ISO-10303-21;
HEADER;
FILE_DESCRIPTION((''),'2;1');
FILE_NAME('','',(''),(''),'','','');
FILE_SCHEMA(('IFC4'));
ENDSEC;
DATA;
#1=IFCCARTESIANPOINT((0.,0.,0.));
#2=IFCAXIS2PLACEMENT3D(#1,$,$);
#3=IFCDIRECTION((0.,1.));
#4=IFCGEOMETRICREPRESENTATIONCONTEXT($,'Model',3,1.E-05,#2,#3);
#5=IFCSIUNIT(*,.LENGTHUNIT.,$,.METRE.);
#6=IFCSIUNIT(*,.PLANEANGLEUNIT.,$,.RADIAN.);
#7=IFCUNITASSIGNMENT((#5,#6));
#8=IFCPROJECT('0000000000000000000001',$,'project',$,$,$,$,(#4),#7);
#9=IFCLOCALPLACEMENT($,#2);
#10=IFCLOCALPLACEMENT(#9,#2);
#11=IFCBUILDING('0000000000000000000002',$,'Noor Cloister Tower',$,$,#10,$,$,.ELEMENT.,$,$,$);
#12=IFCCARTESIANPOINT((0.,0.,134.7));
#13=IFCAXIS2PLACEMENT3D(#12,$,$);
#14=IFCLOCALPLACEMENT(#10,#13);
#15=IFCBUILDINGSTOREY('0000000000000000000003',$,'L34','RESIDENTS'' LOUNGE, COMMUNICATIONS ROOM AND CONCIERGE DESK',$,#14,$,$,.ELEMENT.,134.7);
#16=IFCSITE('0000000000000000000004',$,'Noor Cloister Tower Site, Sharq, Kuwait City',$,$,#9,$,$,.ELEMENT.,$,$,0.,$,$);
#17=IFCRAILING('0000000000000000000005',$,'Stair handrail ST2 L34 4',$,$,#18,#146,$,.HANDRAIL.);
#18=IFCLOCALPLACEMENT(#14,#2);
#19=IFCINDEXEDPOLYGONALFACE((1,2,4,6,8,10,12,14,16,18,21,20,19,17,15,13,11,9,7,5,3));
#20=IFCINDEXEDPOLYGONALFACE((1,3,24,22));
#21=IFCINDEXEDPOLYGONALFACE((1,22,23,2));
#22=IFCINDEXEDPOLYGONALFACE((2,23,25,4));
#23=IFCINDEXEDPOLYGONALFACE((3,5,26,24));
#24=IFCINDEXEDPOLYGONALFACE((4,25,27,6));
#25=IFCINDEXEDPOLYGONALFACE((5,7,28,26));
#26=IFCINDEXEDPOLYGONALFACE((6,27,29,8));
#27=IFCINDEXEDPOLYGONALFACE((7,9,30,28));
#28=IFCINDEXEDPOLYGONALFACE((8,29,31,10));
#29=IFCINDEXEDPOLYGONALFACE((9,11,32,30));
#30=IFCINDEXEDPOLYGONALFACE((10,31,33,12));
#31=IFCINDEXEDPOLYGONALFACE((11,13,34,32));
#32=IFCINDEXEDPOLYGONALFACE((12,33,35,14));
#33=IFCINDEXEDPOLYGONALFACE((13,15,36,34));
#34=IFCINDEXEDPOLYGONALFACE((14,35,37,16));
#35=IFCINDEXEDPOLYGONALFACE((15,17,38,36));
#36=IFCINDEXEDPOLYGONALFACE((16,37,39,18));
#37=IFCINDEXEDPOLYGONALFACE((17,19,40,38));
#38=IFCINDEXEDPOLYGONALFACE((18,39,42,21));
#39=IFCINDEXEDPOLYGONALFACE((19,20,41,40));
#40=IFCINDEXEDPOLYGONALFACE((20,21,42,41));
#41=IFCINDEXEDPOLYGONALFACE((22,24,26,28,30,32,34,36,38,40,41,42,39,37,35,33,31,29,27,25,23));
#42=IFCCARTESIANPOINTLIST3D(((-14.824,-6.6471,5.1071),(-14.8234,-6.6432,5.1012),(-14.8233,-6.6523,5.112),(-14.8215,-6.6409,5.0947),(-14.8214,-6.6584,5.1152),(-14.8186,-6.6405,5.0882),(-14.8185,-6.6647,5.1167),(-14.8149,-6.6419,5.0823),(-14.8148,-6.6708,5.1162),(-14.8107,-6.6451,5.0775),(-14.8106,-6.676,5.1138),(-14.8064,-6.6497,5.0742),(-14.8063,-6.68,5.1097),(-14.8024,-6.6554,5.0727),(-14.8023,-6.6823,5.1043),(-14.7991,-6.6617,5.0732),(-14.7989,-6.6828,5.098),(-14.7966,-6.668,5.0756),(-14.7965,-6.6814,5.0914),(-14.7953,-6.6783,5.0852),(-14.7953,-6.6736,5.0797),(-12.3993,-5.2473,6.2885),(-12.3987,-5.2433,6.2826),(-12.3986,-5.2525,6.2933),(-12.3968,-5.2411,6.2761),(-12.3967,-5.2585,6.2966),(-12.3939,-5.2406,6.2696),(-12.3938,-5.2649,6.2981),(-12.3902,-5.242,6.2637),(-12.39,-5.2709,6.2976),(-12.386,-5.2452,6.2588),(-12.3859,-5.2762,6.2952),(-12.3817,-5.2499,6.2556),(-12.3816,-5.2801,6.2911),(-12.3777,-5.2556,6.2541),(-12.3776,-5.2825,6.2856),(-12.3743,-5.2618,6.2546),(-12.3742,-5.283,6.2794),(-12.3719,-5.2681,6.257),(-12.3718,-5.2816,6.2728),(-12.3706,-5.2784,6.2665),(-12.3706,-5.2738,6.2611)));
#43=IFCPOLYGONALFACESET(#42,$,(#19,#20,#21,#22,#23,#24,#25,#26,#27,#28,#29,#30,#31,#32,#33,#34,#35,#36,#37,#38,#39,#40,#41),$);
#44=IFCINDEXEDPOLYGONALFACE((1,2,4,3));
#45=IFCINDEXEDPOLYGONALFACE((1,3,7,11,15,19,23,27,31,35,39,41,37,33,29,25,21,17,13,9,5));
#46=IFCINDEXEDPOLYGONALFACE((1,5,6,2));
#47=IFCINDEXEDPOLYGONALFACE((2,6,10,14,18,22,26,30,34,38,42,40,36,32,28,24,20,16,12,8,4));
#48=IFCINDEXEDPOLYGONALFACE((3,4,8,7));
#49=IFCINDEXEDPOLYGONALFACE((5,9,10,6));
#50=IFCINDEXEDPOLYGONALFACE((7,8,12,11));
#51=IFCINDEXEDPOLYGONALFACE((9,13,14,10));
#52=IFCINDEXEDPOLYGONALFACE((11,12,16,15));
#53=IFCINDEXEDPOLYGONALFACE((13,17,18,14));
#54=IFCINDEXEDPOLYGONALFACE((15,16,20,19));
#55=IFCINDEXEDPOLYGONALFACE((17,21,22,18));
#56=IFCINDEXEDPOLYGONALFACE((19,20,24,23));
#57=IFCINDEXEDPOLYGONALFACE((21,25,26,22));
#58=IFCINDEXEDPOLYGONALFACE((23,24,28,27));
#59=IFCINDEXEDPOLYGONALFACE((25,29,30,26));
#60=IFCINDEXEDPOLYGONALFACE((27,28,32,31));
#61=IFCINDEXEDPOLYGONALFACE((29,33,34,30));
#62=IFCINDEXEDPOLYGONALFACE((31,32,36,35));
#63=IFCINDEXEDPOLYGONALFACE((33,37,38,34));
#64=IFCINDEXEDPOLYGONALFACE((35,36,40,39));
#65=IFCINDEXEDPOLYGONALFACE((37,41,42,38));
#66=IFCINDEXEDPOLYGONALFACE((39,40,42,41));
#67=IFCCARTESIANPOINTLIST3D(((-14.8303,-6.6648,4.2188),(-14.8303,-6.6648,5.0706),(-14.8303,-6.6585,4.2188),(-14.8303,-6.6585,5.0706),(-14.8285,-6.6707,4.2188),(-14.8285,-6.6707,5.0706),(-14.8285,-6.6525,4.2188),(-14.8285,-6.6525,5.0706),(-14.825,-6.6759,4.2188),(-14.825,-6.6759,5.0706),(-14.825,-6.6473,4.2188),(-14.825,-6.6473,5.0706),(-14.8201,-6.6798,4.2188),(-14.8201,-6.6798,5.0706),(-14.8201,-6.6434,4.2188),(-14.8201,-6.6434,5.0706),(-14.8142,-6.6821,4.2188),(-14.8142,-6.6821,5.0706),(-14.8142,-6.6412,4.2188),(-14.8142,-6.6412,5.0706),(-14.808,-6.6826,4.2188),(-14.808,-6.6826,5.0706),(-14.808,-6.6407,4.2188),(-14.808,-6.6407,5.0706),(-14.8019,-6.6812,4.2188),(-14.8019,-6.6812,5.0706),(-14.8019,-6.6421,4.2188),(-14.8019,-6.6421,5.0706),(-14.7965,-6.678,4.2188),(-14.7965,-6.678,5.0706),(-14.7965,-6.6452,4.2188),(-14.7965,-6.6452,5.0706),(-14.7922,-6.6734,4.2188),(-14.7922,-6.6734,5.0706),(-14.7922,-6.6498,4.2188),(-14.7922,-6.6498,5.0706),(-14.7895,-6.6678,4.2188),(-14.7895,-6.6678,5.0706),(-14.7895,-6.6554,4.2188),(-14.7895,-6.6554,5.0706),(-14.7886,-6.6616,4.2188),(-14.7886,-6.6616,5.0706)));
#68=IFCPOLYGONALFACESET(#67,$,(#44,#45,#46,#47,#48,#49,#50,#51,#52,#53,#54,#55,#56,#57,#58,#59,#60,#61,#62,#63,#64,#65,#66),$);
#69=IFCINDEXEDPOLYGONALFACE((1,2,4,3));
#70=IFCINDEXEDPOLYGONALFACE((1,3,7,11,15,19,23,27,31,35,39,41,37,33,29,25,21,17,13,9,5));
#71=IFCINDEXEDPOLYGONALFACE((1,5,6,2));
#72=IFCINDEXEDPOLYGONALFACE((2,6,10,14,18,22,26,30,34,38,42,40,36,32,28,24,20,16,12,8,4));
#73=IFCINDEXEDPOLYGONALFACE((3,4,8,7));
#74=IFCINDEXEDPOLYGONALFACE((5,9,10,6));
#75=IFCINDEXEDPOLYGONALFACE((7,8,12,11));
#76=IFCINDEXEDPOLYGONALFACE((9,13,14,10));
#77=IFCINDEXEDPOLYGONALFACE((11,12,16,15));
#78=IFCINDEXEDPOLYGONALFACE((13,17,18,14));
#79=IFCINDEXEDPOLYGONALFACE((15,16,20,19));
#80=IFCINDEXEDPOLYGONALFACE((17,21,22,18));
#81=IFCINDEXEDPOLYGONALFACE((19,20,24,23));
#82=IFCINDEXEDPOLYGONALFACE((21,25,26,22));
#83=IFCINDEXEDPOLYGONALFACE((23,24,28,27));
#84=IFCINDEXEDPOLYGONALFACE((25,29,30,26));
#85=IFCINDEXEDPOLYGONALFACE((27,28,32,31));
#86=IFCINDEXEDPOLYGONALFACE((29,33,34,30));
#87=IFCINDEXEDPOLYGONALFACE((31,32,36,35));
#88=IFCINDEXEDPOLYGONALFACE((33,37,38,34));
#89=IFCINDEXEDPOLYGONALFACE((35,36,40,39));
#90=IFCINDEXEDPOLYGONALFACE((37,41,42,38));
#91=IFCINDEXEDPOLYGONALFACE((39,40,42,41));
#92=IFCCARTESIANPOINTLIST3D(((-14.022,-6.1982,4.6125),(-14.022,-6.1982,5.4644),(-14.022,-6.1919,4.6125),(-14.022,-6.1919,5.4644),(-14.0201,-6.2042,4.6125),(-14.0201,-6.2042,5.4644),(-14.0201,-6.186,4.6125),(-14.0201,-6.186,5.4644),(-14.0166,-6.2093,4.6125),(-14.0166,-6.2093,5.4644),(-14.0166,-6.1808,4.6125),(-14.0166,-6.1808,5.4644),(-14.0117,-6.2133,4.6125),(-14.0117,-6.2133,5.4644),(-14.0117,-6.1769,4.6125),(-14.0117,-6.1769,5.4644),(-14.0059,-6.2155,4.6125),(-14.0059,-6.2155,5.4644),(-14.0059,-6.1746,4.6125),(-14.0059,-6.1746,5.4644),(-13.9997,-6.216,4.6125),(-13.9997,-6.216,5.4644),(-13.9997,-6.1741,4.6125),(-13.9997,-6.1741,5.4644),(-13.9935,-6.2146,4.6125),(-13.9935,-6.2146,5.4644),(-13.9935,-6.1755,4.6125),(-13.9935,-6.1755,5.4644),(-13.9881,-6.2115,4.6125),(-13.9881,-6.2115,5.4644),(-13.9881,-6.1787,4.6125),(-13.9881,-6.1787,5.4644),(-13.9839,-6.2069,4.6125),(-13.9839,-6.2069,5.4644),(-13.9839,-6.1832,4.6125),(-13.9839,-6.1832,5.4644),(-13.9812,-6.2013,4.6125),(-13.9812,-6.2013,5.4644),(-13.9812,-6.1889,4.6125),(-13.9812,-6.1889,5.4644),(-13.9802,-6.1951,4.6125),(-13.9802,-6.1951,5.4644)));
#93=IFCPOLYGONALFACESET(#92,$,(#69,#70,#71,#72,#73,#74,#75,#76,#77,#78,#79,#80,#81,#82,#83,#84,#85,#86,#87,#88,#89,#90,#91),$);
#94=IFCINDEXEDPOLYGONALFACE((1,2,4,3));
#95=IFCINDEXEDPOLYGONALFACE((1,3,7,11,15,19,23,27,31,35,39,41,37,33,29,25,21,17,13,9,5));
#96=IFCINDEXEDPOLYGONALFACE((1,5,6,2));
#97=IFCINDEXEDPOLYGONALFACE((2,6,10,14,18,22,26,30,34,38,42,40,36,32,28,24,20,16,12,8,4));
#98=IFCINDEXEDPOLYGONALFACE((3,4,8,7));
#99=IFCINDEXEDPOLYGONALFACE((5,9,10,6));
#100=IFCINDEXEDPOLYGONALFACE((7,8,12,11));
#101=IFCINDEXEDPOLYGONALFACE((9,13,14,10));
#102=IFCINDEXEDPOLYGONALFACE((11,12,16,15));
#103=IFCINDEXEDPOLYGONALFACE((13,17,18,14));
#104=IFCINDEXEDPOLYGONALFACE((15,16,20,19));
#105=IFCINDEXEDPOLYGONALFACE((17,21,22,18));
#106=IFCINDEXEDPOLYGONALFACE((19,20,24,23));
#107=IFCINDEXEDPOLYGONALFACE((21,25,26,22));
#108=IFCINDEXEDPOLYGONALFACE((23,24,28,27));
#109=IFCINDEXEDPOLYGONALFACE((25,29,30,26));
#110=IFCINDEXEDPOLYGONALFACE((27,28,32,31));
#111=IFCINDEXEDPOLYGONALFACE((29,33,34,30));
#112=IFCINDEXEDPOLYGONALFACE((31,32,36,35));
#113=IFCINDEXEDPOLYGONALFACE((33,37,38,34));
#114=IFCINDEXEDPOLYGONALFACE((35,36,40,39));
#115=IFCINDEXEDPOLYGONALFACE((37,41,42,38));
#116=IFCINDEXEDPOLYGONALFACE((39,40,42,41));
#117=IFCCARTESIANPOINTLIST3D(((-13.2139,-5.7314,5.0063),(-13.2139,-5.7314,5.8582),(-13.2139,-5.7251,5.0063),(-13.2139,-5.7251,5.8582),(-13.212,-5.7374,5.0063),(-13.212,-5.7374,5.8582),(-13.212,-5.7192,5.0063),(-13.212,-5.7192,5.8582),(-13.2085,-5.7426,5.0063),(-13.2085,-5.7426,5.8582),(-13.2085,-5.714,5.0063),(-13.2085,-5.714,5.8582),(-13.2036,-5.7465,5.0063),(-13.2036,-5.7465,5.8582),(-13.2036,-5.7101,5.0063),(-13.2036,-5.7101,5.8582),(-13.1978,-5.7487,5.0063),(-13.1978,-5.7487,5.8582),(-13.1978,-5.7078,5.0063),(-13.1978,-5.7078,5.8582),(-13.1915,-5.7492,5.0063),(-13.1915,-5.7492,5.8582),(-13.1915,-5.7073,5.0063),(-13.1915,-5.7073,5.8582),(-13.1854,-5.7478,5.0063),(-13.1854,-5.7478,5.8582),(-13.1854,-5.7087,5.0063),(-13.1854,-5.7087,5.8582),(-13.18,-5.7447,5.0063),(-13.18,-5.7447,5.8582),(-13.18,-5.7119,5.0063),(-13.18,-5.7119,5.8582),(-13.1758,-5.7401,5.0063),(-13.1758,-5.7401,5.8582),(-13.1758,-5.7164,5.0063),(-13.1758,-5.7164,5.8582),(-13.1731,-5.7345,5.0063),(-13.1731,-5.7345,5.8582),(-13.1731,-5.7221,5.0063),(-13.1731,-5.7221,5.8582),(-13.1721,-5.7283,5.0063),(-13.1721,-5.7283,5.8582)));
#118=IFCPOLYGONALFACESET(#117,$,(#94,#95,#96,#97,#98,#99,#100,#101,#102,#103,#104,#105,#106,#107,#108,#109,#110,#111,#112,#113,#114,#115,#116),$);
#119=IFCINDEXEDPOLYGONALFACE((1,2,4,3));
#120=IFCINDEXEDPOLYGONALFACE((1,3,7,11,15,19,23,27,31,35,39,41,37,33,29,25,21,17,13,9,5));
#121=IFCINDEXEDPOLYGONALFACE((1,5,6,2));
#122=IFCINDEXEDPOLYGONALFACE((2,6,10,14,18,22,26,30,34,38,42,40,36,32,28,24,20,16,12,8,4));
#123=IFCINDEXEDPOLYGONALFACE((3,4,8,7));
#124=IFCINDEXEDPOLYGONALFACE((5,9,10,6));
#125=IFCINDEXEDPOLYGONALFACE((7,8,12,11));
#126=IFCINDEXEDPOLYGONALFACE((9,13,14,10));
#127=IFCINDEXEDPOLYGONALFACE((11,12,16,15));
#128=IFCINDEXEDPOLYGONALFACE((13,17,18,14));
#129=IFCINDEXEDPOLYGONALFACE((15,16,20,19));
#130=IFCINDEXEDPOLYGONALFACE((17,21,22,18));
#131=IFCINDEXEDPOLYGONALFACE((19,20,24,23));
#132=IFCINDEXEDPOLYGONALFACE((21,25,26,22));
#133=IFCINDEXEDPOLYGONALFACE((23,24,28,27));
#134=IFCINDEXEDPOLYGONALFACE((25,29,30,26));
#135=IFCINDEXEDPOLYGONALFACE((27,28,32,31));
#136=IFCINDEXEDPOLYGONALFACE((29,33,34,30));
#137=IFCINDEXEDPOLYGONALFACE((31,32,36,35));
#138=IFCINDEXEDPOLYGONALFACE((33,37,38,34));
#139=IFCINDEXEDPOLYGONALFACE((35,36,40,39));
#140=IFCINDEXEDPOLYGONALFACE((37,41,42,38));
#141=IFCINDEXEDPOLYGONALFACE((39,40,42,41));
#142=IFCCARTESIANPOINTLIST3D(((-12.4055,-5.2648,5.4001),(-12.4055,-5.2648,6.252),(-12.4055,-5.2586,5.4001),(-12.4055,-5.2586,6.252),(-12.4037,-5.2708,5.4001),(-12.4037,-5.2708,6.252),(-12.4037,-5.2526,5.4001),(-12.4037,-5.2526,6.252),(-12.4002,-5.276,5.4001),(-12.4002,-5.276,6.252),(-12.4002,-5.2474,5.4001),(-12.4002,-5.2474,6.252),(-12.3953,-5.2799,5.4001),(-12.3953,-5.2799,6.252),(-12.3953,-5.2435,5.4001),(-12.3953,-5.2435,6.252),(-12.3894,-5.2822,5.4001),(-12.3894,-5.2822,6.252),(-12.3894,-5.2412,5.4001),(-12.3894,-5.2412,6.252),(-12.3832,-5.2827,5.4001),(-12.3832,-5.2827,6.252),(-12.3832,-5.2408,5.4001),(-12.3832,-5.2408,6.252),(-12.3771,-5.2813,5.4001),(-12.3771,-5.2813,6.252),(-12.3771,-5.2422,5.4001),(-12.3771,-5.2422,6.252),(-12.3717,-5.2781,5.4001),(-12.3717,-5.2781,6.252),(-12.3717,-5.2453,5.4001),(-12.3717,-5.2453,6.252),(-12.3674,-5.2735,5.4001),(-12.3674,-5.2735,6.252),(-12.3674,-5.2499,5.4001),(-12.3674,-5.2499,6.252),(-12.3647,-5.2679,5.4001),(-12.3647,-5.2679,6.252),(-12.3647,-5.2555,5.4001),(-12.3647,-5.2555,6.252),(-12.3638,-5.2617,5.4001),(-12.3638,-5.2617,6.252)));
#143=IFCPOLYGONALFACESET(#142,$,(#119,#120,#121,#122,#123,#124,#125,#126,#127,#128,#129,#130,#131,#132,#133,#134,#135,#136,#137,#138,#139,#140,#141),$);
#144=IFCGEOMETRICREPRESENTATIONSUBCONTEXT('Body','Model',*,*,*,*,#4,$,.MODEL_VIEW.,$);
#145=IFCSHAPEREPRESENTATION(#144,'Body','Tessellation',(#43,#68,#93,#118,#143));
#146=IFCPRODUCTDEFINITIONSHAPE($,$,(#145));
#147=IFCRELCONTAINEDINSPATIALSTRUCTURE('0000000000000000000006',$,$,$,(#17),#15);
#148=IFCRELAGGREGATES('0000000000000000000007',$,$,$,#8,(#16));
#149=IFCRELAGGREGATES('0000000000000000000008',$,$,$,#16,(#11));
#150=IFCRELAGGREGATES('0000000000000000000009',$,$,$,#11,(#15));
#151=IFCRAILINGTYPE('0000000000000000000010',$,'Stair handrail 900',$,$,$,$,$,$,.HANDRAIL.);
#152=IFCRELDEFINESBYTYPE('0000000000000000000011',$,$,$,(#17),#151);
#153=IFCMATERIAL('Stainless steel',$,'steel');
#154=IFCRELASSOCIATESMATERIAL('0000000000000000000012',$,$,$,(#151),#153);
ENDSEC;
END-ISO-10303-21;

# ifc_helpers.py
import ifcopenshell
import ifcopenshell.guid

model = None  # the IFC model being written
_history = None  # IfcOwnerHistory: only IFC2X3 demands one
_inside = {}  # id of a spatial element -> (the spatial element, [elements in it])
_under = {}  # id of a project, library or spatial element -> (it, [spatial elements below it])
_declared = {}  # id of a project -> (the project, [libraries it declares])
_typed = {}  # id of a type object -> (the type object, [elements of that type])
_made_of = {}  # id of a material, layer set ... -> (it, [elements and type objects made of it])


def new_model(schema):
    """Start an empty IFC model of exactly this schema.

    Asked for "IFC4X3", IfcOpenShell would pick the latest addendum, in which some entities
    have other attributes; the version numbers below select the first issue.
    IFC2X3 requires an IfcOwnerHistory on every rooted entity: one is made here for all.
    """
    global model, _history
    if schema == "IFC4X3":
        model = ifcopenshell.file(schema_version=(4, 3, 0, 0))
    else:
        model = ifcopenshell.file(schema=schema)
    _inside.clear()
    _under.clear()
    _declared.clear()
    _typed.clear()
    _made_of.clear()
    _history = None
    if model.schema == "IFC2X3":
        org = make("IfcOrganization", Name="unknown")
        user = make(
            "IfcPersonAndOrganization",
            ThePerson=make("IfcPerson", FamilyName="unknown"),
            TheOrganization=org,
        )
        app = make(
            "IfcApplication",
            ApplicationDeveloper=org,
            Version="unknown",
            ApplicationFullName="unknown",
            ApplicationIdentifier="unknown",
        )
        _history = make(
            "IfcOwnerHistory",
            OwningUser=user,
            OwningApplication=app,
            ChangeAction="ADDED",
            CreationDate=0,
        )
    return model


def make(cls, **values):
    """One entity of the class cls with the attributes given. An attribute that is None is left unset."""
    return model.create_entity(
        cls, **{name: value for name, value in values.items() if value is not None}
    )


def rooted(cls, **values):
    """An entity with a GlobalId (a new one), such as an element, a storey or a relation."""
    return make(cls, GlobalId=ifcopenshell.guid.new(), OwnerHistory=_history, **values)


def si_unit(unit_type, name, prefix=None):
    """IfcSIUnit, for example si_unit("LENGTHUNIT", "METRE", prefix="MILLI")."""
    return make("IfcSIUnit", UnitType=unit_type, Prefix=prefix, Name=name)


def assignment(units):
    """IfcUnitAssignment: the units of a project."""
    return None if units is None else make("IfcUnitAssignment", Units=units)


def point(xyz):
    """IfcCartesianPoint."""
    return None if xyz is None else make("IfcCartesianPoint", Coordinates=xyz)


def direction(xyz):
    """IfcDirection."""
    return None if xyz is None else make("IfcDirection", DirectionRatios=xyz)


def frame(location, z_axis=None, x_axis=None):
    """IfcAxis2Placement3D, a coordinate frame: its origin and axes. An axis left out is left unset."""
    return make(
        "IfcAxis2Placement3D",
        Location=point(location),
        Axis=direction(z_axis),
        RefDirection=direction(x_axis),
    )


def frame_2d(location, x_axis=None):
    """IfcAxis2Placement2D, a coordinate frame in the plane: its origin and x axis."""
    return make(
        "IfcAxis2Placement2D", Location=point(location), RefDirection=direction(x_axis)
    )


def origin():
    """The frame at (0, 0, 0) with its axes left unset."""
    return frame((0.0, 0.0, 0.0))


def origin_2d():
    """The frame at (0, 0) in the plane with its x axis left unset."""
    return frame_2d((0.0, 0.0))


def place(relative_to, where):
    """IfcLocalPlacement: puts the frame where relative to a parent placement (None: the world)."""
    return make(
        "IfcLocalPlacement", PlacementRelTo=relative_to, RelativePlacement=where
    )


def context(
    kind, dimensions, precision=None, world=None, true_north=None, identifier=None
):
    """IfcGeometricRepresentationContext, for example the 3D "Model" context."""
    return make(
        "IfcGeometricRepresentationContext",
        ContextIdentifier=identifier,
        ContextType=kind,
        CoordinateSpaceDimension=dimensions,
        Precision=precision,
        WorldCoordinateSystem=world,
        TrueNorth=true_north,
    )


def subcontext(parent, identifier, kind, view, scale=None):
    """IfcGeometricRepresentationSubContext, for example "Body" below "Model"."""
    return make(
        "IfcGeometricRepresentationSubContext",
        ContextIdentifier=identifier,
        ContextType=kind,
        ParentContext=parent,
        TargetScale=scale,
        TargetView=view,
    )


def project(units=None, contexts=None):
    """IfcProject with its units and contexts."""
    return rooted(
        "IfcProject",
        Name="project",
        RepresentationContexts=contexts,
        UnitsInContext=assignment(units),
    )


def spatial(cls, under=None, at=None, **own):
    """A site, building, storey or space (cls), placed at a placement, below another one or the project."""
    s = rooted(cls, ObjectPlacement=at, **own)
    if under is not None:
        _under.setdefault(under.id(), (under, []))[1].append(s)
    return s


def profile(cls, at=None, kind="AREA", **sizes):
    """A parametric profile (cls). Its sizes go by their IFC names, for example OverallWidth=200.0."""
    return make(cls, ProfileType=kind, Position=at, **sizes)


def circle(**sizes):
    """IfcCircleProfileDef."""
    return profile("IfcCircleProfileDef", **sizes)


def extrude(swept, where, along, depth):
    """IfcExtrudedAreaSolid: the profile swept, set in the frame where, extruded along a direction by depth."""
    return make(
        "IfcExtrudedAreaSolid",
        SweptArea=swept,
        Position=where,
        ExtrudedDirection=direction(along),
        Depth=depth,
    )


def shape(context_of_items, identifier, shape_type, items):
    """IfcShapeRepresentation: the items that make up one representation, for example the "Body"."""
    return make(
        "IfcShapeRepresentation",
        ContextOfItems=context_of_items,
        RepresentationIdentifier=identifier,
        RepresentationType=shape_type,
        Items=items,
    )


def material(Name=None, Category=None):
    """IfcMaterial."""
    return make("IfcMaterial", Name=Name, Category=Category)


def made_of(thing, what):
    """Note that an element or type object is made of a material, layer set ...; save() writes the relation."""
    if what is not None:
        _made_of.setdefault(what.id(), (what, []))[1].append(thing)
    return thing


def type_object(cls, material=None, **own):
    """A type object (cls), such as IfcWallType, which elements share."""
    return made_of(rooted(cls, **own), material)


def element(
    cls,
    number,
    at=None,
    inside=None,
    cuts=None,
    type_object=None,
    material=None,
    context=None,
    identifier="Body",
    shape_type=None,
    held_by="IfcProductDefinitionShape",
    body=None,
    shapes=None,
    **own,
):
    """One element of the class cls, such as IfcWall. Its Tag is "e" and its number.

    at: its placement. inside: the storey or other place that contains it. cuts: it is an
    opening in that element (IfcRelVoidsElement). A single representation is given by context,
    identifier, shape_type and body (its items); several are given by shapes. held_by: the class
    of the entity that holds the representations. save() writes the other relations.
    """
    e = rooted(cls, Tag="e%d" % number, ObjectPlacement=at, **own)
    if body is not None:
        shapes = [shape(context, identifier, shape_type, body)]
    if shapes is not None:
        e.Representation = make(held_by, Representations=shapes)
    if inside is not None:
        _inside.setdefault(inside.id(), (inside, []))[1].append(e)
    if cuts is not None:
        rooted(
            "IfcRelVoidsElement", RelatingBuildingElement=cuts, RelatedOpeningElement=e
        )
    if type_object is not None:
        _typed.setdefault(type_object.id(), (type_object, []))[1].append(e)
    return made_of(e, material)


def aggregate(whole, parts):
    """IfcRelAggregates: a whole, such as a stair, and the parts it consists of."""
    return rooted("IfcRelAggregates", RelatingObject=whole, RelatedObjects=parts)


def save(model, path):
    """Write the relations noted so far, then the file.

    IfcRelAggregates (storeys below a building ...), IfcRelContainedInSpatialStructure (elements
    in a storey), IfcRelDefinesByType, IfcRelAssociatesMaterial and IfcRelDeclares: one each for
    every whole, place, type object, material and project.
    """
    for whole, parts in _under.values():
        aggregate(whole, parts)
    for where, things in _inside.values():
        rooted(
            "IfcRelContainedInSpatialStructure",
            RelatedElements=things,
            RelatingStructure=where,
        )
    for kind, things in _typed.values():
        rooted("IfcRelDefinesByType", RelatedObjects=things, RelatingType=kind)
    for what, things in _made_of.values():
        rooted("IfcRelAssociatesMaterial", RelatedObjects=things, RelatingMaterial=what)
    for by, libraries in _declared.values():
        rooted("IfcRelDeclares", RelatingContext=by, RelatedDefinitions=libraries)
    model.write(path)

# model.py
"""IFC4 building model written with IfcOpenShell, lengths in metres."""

from ifc_helpers import new_model, si_unit, direction, frame, origin, origin_2d, place, context, subcontext, project, spatial, circle, extrude, material, type_object, element, save


model = new_model("IFC4")

# Units and contexts
model_context = context("Model", 3, precision=1e-05, world=origin(), true_north=direction((0.0, 1.0)))
body_context = subcontext(model_context, "Body", "Model", "MODEL_VIEW")
ifc_project = project(units=[si_unit("LENGTHUNIT", "METRE"), si_unit("PLANEANGLEUNIT", "RADIAN")], contexts=[model_context])

# Site, building, storey
site_placement = place(None, origin())
site = spatial("IfcSite", under=ifc_project, at=site_placement, Name="Noor Cloister Tower Site, Sharq, Kuwait City", CompositionType="ELEMENT", RefElevation=0.0)
building_placement = place(site_placement, origin())
building = spatial("IfcBuilding", under=site, at=building_placement, Name="Noor Cloister Tower", CompositionType="ELEMENT")
storey_placement = place(building_placement, frame((0.0, 0.0, 134.7)))
storey = spatial("IfcBuildingStorey", under=building, at=storey_placement, Name="L34", Description="RESIDENTS' LOUNGE, COMMUNICATIONS ROOM AND CONCIERGE DESK", CompositionType="ELEMENT", Elevation=134.7)

# Railing
ifc_material_1 = material(Name="Stainless steel", Category="steel")
railing_type = type_object("IfcRailingType", Name="Stair handrail 900", PredefinedType="HANDRAIL", material=ifc_material_1)
railing_1_placement = place(storey_placement, frame((-14.8096, -6.6616, 4.2188)))
element("IfcRailing", 1, at=railing_1_placement, inside=storey, type_object=railing_type, Name="Stair handrail ST2 L34 4", PredefinedType="HANDRAIL", context=body_context, shape_type="SweptSolid", body=[
    extrude(circle(Radius=0.0239, at=origin_2d()), frame((0.0, 0.0, 0.876), z_axis=(0.797914, 0.460656, 0.388754), x_axis=(-0.499984, 0.866035, 0.0)), (0.0, 0.0, 1.0), 3.0388),
    extrude(circle(Radius=0.021, at=origin_2d()), origin(), (0.0, 0.0, 1.0), 0.8518),
    extrude(circle(Radius=0.021, at=origin_2d()), frame((0.8083, 0.4666, 0.3938)), (0.0, 0.0, 1.0), 0.8518),
    extrude(circle(Radius=0.021, at=origin_2d()), frame((1.6165, 0.9333, 0.7876)), (0.0, 0.0, 1.0), 0.8518),
    extrude(circle(Radius=0.021, at=origin_2d()), frame((2.4248, 1.3999, 1.1814)), (0.0, 0.0, 1.0), 0.8518),
])

save(model, "model.ifc")
